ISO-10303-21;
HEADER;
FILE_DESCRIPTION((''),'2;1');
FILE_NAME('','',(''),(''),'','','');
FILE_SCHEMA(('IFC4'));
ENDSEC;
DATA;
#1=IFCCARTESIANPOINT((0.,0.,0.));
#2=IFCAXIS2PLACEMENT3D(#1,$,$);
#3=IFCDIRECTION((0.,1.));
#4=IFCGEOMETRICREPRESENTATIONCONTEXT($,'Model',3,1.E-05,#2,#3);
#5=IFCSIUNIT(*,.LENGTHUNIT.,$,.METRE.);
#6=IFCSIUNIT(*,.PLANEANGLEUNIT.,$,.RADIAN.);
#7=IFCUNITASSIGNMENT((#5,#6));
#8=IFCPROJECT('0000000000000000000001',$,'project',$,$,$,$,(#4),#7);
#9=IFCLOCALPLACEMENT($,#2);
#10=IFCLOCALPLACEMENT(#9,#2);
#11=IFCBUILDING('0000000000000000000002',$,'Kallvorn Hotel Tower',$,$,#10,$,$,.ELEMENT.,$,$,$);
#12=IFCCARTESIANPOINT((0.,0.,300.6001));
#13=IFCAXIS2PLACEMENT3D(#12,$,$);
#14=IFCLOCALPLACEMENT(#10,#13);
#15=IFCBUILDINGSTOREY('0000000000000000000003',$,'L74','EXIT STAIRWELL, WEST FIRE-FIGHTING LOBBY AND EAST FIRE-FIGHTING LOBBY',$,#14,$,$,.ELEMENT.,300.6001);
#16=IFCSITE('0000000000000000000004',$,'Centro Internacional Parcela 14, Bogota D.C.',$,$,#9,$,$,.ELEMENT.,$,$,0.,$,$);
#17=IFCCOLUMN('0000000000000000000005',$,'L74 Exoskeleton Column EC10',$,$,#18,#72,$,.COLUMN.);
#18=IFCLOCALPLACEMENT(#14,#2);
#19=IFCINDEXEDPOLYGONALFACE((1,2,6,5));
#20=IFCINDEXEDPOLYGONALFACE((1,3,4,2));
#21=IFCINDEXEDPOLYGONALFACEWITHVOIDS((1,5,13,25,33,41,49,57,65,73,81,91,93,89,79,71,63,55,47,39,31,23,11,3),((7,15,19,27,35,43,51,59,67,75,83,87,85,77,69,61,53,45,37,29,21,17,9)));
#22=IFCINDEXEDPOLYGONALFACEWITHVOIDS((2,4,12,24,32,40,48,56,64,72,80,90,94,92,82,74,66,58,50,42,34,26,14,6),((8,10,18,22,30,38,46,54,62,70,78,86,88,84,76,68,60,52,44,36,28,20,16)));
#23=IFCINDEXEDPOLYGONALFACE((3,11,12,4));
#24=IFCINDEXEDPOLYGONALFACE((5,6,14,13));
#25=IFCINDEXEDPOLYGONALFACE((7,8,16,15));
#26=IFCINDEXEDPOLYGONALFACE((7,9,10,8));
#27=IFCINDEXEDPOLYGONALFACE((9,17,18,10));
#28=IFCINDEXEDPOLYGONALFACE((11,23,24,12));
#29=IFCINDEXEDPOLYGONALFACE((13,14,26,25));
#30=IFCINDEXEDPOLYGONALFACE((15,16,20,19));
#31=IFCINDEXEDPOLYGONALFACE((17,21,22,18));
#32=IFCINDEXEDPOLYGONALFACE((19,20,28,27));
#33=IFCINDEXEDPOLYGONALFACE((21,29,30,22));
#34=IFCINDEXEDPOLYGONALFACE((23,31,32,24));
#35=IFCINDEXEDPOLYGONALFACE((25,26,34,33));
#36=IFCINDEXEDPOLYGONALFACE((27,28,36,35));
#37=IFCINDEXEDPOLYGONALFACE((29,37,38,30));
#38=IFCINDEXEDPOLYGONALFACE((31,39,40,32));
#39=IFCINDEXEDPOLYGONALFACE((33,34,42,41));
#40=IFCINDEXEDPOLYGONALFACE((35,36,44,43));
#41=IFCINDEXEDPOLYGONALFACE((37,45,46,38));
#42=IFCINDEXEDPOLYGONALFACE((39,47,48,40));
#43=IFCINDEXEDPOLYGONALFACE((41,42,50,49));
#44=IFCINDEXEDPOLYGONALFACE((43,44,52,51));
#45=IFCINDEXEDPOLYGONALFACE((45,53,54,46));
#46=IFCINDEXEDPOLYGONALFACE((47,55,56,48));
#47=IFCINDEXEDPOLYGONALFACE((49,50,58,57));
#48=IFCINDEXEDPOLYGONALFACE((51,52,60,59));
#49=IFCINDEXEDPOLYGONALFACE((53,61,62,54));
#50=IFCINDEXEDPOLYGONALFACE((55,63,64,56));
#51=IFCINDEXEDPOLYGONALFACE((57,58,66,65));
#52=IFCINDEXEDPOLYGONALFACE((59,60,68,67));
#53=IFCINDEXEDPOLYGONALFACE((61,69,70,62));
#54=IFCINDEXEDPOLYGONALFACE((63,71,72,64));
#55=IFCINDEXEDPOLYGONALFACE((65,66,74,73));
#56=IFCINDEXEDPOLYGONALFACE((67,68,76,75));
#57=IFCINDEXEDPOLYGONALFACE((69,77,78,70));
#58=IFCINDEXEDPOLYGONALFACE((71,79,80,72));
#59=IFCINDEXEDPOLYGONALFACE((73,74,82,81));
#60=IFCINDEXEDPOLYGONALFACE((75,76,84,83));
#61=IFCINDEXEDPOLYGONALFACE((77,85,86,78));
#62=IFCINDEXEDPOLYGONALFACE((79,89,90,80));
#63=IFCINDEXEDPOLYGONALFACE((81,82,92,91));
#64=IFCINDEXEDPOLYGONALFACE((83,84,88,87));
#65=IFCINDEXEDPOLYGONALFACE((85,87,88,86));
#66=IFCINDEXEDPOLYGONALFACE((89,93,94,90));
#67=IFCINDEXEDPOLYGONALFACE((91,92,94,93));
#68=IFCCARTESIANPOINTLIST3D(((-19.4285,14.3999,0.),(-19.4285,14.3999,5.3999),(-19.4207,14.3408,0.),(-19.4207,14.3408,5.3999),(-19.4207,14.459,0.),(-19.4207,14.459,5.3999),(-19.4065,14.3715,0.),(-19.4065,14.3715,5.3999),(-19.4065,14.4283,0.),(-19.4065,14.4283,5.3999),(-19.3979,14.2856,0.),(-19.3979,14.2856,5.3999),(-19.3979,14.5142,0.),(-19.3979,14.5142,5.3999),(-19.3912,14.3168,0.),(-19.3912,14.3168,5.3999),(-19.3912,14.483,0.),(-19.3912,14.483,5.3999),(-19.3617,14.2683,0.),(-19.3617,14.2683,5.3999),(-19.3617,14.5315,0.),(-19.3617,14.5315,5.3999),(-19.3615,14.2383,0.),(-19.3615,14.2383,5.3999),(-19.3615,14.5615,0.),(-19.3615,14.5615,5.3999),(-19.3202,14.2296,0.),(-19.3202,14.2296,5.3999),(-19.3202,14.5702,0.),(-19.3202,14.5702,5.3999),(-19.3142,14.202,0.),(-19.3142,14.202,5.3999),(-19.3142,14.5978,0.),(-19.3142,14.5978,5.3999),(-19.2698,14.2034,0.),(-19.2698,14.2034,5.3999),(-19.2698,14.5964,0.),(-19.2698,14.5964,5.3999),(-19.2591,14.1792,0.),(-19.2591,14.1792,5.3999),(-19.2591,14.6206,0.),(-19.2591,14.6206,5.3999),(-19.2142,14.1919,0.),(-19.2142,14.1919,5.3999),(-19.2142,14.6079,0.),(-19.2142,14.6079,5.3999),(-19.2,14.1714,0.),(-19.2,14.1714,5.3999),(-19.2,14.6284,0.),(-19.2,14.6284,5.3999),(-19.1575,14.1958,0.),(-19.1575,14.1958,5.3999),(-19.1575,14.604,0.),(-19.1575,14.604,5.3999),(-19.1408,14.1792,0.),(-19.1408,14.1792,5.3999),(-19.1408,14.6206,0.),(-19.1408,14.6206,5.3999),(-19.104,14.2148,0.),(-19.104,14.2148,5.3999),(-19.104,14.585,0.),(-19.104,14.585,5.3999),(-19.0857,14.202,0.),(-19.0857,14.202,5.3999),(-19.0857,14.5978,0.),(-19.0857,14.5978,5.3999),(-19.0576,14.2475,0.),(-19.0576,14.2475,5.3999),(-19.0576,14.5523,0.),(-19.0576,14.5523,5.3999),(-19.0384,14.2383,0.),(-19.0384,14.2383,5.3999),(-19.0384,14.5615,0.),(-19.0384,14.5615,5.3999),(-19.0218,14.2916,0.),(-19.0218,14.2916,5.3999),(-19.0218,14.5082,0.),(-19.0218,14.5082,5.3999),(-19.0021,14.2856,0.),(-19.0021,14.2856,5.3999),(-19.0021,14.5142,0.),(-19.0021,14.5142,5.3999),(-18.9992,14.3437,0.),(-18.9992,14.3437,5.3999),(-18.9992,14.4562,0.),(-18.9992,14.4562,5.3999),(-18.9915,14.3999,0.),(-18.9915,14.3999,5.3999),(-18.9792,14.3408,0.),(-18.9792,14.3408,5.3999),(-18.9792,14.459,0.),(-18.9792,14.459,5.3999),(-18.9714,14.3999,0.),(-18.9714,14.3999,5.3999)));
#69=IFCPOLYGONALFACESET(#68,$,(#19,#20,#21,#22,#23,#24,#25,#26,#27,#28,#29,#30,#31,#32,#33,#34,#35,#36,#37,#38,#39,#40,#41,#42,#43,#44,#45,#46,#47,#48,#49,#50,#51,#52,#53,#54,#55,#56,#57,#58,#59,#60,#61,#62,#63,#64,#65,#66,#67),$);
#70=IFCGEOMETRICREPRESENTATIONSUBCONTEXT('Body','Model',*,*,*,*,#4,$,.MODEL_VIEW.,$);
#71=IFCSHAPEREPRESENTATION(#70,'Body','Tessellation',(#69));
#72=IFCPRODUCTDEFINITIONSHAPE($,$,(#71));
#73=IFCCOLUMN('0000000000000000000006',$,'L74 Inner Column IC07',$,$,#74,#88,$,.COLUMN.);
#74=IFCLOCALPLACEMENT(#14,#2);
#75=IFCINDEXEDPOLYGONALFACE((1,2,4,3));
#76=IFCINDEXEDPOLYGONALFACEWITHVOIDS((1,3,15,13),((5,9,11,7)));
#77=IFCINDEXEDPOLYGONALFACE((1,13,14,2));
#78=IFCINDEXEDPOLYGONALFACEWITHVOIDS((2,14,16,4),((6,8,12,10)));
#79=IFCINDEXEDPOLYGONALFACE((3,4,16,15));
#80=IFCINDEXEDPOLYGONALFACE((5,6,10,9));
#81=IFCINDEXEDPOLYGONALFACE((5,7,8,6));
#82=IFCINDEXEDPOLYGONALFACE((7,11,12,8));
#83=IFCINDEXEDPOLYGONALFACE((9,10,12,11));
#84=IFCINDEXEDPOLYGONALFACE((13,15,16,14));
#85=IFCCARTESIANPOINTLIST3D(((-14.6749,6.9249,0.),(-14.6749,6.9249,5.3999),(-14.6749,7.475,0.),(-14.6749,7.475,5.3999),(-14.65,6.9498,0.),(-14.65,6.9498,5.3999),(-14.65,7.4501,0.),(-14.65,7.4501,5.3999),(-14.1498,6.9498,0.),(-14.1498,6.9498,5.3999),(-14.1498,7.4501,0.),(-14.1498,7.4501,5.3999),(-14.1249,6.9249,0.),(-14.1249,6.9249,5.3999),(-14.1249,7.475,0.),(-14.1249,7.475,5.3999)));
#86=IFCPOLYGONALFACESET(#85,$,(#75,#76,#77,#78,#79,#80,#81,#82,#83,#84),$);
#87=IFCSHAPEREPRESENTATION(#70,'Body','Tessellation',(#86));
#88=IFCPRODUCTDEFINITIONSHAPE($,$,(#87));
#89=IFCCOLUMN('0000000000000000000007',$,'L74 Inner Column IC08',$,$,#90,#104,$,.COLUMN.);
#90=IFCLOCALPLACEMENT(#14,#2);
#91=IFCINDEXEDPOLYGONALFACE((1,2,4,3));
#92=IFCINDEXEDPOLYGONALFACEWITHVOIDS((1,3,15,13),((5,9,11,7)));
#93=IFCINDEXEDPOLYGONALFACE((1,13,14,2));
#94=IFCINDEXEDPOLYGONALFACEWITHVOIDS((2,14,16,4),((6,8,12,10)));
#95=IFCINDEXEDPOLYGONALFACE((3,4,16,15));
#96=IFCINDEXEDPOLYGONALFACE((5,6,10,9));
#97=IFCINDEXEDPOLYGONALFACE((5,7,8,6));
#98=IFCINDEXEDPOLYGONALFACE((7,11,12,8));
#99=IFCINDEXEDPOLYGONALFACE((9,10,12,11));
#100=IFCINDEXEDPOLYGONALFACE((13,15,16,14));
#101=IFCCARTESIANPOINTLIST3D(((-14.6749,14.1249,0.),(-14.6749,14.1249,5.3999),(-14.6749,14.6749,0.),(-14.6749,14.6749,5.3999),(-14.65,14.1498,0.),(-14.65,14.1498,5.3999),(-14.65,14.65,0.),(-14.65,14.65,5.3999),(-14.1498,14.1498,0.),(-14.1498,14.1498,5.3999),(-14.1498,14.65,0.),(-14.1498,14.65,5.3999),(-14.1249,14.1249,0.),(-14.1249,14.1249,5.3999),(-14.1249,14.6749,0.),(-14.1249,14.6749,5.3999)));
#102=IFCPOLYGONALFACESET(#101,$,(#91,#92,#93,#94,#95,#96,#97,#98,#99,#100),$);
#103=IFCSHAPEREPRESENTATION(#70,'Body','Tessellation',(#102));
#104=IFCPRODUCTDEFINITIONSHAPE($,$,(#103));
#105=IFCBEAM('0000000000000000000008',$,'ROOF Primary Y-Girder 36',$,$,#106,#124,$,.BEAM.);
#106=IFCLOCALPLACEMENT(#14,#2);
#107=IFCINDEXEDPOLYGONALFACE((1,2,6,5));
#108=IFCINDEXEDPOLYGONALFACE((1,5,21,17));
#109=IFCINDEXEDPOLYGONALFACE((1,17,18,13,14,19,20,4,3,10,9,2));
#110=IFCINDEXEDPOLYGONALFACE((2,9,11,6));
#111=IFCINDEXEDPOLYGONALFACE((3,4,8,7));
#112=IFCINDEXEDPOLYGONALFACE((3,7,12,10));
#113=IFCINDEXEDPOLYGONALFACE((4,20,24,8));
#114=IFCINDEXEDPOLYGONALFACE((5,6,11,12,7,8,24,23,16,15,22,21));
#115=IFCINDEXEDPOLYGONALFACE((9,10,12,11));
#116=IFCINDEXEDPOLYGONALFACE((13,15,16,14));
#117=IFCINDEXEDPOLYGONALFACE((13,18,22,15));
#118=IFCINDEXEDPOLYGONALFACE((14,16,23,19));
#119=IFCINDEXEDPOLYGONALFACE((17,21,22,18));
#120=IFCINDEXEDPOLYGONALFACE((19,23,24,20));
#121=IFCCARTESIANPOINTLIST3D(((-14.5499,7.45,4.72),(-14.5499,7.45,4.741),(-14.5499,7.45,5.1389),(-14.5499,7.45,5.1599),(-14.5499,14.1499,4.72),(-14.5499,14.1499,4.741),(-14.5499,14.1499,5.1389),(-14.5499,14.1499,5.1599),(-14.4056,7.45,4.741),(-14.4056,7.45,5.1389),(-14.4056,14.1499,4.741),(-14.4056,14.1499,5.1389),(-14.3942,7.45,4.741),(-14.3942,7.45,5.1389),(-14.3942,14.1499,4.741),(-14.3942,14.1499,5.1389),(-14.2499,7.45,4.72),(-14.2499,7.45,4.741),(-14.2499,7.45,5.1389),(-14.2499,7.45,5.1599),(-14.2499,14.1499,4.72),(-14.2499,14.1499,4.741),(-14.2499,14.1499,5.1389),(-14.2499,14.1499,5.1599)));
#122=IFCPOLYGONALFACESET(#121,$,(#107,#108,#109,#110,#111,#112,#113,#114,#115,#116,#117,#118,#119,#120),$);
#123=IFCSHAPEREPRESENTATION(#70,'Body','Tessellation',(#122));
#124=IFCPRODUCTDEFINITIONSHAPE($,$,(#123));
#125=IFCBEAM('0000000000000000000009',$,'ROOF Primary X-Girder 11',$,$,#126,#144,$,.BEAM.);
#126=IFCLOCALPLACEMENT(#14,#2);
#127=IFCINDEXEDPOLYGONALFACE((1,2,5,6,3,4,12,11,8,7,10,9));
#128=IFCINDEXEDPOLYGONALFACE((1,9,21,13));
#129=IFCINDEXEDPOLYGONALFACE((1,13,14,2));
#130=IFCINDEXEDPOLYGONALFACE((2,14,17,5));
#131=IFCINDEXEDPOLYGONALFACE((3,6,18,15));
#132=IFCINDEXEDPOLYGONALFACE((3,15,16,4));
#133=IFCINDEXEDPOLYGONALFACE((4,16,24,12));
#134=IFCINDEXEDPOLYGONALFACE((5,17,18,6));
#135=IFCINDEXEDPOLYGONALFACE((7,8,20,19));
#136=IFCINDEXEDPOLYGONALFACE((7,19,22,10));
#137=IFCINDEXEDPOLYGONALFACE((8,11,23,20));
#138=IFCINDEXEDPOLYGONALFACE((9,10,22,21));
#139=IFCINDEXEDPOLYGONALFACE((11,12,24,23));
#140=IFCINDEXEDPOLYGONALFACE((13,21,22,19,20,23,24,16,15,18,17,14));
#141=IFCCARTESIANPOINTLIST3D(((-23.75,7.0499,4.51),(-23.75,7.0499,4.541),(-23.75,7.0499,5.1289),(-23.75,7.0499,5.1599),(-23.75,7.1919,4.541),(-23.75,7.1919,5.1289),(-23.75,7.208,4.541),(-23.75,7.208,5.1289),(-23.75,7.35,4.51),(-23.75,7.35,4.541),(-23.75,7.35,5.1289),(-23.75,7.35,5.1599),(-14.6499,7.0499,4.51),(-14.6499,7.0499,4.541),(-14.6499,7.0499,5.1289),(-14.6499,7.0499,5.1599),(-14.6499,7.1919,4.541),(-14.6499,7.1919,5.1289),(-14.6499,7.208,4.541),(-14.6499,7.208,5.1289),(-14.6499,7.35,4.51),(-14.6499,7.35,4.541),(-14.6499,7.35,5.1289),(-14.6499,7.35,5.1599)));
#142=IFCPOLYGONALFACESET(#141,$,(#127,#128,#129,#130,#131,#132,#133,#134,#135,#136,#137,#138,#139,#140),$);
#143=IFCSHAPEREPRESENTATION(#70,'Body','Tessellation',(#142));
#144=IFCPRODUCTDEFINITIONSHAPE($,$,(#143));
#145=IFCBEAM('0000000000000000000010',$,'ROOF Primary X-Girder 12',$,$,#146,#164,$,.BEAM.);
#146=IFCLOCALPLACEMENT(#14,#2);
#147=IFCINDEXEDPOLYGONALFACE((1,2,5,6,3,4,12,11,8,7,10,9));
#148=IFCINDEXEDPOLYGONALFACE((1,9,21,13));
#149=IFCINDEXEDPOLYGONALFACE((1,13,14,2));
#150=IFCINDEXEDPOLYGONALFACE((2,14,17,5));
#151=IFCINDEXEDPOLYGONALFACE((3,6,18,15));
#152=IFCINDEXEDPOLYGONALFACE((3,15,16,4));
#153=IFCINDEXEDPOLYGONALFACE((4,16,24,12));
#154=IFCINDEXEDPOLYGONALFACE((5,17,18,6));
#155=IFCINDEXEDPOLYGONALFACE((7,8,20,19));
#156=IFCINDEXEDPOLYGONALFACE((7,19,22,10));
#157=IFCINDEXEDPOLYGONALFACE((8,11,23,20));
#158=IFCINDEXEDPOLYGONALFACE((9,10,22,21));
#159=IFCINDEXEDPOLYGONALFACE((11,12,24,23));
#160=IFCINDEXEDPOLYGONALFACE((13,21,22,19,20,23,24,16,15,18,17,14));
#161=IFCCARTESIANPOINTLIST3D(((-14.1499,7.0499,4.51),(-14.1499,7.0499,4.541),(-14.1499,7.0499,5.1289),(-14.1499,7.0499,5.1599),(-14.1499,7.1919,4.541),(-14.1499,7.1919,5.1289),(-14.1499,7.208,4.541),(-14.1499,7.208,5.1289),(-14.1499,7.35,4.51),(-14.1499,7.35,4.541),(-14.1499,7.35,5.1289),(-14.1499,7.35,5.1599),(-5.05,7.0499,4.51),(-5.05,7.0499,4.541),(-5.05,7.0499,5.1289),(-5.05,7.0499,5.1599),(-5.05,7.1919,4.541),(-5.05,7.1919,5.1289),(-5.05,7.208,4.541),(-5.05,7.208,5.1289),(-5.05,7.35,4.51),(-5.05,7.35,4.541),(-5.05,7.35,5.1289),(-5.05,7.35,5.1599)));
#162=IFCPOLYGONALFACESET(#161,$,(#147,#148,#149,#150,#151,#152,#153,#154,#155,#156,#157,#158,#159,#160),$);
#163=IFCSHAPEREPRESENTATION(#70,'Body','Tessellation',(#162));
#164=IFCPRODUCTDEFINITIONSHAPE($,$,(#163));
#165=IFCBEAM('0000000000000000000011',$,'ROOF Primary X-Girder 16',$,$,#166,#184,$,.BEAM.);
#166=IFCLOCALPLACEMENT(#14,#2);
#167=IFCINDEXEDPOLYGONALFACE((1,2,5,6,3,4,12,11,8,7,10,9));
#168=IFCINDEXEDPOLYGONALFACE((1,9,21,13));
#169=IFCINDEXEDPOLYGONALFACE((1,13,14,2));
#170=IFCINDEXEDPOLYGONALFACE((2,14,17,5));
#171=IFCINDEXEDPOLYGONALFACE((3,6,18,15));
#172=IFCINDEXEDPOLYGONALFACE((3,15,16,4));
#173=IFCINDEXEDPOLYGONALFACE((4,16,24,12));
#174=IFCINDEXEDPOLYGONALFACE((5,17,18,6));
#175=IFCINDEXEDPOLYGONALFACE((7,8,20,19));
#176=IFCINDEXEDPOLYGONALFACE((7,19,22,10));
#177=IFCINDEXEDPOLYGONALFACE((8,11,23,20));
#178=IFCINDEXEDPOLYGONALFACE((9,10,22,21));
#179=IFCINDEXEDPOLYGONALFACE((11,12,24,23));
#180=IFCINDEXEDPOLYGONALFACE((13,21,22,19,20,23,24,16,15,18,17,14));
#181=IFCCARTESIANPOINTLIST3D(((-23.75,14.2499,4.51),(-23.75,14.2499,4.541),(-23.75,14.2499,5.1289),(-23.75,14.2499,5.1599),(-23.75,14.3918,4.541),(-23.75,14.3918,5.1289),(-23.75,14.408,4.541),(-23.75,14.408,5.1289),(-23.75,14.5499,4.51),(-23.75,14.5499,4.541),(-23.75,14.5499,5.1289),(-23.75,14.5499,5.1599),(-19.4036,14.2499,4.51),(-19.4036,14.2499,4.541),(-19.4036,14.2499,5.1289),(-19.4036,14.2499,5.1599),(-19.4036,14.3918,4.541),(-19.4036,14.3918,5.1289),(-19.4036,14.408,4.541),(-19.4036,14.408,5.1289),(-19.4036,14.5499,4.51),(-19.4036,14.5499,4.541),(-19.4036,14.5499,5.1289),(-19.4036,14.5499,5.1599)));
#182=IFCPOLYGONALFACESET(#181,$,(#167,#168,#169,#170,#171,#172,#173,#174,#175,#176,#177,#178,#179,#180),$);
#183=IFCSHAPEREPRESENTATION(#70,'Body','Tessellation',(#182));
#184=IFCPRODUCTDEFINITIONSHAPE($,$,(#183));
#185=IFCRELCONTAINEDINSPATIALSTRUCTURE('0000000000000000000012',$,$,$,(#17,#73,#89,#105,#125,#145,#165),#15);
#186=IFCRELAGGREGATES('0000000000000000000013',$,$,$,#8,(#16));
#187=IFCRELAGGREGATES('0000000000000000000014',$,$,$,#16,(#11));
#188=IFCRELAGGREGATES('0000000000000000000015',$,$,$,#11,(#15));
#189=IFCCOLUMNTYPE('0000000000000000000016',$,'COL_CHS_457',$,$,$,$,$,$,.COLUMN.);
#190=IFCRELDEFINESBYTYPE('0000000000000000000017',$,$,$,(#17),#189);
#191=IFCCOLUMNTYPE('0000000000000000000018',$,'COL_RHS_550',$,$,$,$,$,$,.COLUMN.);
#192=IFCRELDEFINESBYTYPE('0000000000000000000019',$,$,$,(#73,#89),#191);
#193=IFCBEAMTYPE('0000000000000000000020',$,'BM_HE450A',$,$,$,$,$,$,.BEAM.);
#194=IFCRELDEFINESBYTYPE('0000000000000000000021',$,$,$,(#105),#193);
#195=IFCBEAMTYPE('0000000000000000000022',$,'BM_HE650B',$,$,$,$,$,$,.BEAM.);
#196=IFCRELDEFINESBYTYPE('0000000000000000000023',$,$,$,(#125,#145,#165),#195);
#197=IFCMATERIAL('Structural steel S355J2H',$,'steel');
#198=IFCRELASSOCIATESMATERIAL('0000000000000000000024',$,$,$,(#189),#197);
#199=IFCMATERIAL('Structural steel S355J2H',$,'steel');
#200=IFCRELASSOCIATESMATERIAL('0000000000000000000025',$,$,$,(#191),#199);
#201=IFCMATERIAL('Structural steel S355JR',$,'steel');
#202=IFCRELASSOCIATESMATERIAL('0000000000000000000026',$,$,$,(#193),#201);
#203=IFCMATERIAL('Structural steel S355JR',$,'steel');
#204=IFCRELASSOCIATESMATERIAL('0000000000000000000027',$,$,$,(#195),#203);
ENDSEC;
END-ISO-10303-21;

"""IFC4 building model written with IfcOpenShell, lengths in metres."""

from ifc_helpers import new_model, si_unit, direction, frame, origin, origin_2d, place, context, subcontext, project, spatial, hollow_rectangle, hollow_circle, i_section, extrude, material, material_profile, profile_set, type_object, element, save


model = new_model("IFC4")

# Units and contexts
model_context = context("Model", 3, precision=1e-05, world=origin(), true_north=direction((0.0, 1.0)))
body_context = subcontext(model_context, "Body", "Model", "MODEL_VIEW")
ifc_project = project(units=[si_unit("LENGTHUNIT", "METRE"), si_unit("PLANEANGLEUNIT", "RADIAN")], contexts=[model_context])

# Site, building, storey
site_placement = place(None, origin())
site = spatial("IfcSite", under=ifc_project, at=site_placement, Name="Centro Internacional Parcela 14, Bogota D.C.", CompositionType="ELEMENT", RefElevation=0.0)
building_placement = place(site_placement, origin())
building = spatial("IfcBuilding", under=site, at=building_placement, Name="Kallvorn Hotel Tower", CompositionType="ELEMENT")
storey_placement = place(building_placement, frame((0.0, 0.0, 300.6001)))
storey = spatial("IfcBuildingStorey", under=building, at=storey_placement, Name="L74", Description="EXIT STAIRWELL, WEST FIRE-FIGHTING LOBBY AND EAST FIRE-FIGHTING LOBBY", CompositionType="ELEMENT", Elevation=300.6001)

# Columns
ifc_material_1 = material(Name="Structural steel S355J2H", Category="steel")
ifc_material_profile_1 = material_profile(ifc_material_1, hollow_circle(Radius=0.2285, WallThickness=0.02, at=origin_2d()), Name="CHS 457x20")
ifc_profile_set_1 = profile_set([ifc_material_profile_1], Name="Structural steel S355J2H")
column_type_1 = type_object("IfcColumnType", Name="COL_CHS_457", PredefinedType="COLUMN", material=ifc_profile_set_1)
column_placement = place(storey_placement, frame((-19.2, 14.3999, 0.0), z_axis=(0.0, 0.0, 1.0), x_axis=(1.0, 0.0, 0.0)))
element("IfcColumn", 1, at=column_placement, inside=storey, type_object=column_type_1, Name="L74 Exoskeleton Column EC10", PredefinedType="COLUMN", context=body_context, shape_type="SweptSolid", body=[
    extrude(hollow_circle(Radius=0.2285, WallThickness=0.02, at=origin_2d()), origin(), (0.0, 0.0, 1.0), 5.3999),
])
ifc_material_2 = material(Name="Structural steel S355J2H", Category="steel")
ifc_material_profile_2 = material_profile(ifc_material_2, hollow_rectangle(XDim=0.55, YDim=0.55, WallThickness=0.0249, at=origin_2d()), Name="RHS 550x550x25")
ifc_profile_set_2 = profile_set([ifc_material_profile_2], Name="Structural steel S355J2H")
column_type_2 = type_object("IfcColumnType", Name="COL_RHS_550", PredefinedType="COLUMN", material=ifc_profile_set_2)
for number, where, z_axis, x_axis, name in (
    (2, (-14.3999, 7.2, 0.0), (0.0, 0.0, 1.0), (1.0, 0.0, 0.0), "L74 Inner Column IC07"),
    (3, (-14.3999, 14.3999, 0.0), (0.0, 0.0, 1.0), (1.0, 0.0, 0.0), "L74 Inner Column IC08"),
):
    element("IfcColumn", number, at=place(storey_placement, frame(where, z_axis=z_axis, x_axis=x_axis)), inside=storey, type_object=column_type_2, Name=name, PredefinedType="COLUMN", context=body_context, shape_type="SweptSolid", body=[
        extrude(hollow_rectangle(XDim=0.55, YDim=0.55, WallThickness=0.0249, at=origin_2d()), origin(), (0.0, 0.0, 1.0), 5.3999),
    ])

# Beams
ifc_material_3 = material(Name="Structural steel S355JR", Category="steel")
ifc_material_profile_3 = material_profile(ifc_material_3, i_section(OverallWidth=0.3, OverallDepth=0.4399, WebThickness=0.0115, FlangeThickness=0.021, at=origin_2d()), Name="HE 450 A")
ifc_profile_set_3 = profile_set([ifc_material_profile_3], Name="Structural steel S355JR")
beam_type_1 = type_object("IfcBeamType", Name="BM_HE450A", PredefinedType="BEAM", material=ifc_profile_set_3)
beam_1_placement = place(storey_placement, frame((-14.3999, 7.45, 4.9399), z_axis=(0.0, 1.0, 0.0), x_axis=(-1.0, 0.0, 0.0)))
element("IfcBeam", 4, at=beam_1_placement, inside=storey, type_object=beam_type_1, Name="ROOF Primary Y-Girder 36", PredefinedType="BEAM", context=body_context, shape_type="SweptSolid", body=[
    extrude(i_section(OverallWidth=0.3, OverallDepth=0.4399, WebThickness=0.0115, FlangeThickness=0.021, at=origin_2d()), origin(), (0.0, 0.0, 1.0), 6.7),
])
ifc_material_4 = material(Name="Structural steel S355JR", Category="steel")
ifc_material_profile_4 = material_profile(ifc_material_4, i_section(OverallWidth=0.3, OverallDepth=0.6499, WebThickness=0.0161, FlangeThickness=0.031, at=origin_2d()), Name="HE 650 B")
ifc_profile_set_4 = profile_set([ifc_material_profile_4], Name="Structural steel S355JR")
beam_type_2 = type_object("IfcBeamType", Name="BM_HE650B", PredefinedType="BEAM", material=ifc_profile_set_4)
beam_2_placement = place(storey_placement, frame((-23.75, 7.2, 4.835), z_axis=(1.0, 0.0, 0.0), x_axis=(0.0, 1.0, 0.0)))
element("IfcBeam", 5, at=beam_2_placement, inside=storey, type_object=beam_type_2, Name="ROOF Primary X-Girder 11", PredefinedType="BEAM", context=body_context, shape_type="SweptSolid", body=[
    extrude(i_section(OverallWidth=0.3, OverallDepth=0.6499, WebThickness=0.0161, FlangeThickness=0.031, at=origin_2d()), origin(), (0.0, 0.0, 1.0), 9.1001),
])
beam_3_placement = place(storey_placement, frame((-14.1499, 7.2, 4.835), z_axis=(1.0, 0.0, 0.0), x_axis=(0.0, 1.0, 0.0)))
element("IfcBeam", 6, at=beam_3_placement, inside=storey, type_object=beam_type_2, Name="ROOF Primary X-Girder 12", PredefinedType="BEAM", context=body_context, shape_type="SweptSolid", body=[
    extrude(i_section(OverallWidth=0.3, OverallDepth=0.6499, WebThickness=0.0161, FlangeThickness=0.031, at=origin_2d()), origin(), (0.0, 0.0, 1.0), 9.0999),
])
beam_4_placement = place(storey_placement, frame((-23.75, 14.3999, 4.835), z_axis=(1.0, 0.0, 0.0), x_axis=(0.0, 1.0, 0.0)))
element("IfcBeam", 7, at=beam_4_placement, inside=storey, type_object=beam_type_2, Name="ROOF Primary X-Girder 16", PredefinedType="BEAM", context=body_context, shape_type="SweptSolid", body=[
    extrude(i_section(OverallWidth=0.3, OverallDepth=0.6499, WebThickness=0.0161, FlangeThickness=0.031, at=origin_2d()), origin(), (0.0, 0.0, 1.0), 4.3464),
])

save(model, "model.ifc")
